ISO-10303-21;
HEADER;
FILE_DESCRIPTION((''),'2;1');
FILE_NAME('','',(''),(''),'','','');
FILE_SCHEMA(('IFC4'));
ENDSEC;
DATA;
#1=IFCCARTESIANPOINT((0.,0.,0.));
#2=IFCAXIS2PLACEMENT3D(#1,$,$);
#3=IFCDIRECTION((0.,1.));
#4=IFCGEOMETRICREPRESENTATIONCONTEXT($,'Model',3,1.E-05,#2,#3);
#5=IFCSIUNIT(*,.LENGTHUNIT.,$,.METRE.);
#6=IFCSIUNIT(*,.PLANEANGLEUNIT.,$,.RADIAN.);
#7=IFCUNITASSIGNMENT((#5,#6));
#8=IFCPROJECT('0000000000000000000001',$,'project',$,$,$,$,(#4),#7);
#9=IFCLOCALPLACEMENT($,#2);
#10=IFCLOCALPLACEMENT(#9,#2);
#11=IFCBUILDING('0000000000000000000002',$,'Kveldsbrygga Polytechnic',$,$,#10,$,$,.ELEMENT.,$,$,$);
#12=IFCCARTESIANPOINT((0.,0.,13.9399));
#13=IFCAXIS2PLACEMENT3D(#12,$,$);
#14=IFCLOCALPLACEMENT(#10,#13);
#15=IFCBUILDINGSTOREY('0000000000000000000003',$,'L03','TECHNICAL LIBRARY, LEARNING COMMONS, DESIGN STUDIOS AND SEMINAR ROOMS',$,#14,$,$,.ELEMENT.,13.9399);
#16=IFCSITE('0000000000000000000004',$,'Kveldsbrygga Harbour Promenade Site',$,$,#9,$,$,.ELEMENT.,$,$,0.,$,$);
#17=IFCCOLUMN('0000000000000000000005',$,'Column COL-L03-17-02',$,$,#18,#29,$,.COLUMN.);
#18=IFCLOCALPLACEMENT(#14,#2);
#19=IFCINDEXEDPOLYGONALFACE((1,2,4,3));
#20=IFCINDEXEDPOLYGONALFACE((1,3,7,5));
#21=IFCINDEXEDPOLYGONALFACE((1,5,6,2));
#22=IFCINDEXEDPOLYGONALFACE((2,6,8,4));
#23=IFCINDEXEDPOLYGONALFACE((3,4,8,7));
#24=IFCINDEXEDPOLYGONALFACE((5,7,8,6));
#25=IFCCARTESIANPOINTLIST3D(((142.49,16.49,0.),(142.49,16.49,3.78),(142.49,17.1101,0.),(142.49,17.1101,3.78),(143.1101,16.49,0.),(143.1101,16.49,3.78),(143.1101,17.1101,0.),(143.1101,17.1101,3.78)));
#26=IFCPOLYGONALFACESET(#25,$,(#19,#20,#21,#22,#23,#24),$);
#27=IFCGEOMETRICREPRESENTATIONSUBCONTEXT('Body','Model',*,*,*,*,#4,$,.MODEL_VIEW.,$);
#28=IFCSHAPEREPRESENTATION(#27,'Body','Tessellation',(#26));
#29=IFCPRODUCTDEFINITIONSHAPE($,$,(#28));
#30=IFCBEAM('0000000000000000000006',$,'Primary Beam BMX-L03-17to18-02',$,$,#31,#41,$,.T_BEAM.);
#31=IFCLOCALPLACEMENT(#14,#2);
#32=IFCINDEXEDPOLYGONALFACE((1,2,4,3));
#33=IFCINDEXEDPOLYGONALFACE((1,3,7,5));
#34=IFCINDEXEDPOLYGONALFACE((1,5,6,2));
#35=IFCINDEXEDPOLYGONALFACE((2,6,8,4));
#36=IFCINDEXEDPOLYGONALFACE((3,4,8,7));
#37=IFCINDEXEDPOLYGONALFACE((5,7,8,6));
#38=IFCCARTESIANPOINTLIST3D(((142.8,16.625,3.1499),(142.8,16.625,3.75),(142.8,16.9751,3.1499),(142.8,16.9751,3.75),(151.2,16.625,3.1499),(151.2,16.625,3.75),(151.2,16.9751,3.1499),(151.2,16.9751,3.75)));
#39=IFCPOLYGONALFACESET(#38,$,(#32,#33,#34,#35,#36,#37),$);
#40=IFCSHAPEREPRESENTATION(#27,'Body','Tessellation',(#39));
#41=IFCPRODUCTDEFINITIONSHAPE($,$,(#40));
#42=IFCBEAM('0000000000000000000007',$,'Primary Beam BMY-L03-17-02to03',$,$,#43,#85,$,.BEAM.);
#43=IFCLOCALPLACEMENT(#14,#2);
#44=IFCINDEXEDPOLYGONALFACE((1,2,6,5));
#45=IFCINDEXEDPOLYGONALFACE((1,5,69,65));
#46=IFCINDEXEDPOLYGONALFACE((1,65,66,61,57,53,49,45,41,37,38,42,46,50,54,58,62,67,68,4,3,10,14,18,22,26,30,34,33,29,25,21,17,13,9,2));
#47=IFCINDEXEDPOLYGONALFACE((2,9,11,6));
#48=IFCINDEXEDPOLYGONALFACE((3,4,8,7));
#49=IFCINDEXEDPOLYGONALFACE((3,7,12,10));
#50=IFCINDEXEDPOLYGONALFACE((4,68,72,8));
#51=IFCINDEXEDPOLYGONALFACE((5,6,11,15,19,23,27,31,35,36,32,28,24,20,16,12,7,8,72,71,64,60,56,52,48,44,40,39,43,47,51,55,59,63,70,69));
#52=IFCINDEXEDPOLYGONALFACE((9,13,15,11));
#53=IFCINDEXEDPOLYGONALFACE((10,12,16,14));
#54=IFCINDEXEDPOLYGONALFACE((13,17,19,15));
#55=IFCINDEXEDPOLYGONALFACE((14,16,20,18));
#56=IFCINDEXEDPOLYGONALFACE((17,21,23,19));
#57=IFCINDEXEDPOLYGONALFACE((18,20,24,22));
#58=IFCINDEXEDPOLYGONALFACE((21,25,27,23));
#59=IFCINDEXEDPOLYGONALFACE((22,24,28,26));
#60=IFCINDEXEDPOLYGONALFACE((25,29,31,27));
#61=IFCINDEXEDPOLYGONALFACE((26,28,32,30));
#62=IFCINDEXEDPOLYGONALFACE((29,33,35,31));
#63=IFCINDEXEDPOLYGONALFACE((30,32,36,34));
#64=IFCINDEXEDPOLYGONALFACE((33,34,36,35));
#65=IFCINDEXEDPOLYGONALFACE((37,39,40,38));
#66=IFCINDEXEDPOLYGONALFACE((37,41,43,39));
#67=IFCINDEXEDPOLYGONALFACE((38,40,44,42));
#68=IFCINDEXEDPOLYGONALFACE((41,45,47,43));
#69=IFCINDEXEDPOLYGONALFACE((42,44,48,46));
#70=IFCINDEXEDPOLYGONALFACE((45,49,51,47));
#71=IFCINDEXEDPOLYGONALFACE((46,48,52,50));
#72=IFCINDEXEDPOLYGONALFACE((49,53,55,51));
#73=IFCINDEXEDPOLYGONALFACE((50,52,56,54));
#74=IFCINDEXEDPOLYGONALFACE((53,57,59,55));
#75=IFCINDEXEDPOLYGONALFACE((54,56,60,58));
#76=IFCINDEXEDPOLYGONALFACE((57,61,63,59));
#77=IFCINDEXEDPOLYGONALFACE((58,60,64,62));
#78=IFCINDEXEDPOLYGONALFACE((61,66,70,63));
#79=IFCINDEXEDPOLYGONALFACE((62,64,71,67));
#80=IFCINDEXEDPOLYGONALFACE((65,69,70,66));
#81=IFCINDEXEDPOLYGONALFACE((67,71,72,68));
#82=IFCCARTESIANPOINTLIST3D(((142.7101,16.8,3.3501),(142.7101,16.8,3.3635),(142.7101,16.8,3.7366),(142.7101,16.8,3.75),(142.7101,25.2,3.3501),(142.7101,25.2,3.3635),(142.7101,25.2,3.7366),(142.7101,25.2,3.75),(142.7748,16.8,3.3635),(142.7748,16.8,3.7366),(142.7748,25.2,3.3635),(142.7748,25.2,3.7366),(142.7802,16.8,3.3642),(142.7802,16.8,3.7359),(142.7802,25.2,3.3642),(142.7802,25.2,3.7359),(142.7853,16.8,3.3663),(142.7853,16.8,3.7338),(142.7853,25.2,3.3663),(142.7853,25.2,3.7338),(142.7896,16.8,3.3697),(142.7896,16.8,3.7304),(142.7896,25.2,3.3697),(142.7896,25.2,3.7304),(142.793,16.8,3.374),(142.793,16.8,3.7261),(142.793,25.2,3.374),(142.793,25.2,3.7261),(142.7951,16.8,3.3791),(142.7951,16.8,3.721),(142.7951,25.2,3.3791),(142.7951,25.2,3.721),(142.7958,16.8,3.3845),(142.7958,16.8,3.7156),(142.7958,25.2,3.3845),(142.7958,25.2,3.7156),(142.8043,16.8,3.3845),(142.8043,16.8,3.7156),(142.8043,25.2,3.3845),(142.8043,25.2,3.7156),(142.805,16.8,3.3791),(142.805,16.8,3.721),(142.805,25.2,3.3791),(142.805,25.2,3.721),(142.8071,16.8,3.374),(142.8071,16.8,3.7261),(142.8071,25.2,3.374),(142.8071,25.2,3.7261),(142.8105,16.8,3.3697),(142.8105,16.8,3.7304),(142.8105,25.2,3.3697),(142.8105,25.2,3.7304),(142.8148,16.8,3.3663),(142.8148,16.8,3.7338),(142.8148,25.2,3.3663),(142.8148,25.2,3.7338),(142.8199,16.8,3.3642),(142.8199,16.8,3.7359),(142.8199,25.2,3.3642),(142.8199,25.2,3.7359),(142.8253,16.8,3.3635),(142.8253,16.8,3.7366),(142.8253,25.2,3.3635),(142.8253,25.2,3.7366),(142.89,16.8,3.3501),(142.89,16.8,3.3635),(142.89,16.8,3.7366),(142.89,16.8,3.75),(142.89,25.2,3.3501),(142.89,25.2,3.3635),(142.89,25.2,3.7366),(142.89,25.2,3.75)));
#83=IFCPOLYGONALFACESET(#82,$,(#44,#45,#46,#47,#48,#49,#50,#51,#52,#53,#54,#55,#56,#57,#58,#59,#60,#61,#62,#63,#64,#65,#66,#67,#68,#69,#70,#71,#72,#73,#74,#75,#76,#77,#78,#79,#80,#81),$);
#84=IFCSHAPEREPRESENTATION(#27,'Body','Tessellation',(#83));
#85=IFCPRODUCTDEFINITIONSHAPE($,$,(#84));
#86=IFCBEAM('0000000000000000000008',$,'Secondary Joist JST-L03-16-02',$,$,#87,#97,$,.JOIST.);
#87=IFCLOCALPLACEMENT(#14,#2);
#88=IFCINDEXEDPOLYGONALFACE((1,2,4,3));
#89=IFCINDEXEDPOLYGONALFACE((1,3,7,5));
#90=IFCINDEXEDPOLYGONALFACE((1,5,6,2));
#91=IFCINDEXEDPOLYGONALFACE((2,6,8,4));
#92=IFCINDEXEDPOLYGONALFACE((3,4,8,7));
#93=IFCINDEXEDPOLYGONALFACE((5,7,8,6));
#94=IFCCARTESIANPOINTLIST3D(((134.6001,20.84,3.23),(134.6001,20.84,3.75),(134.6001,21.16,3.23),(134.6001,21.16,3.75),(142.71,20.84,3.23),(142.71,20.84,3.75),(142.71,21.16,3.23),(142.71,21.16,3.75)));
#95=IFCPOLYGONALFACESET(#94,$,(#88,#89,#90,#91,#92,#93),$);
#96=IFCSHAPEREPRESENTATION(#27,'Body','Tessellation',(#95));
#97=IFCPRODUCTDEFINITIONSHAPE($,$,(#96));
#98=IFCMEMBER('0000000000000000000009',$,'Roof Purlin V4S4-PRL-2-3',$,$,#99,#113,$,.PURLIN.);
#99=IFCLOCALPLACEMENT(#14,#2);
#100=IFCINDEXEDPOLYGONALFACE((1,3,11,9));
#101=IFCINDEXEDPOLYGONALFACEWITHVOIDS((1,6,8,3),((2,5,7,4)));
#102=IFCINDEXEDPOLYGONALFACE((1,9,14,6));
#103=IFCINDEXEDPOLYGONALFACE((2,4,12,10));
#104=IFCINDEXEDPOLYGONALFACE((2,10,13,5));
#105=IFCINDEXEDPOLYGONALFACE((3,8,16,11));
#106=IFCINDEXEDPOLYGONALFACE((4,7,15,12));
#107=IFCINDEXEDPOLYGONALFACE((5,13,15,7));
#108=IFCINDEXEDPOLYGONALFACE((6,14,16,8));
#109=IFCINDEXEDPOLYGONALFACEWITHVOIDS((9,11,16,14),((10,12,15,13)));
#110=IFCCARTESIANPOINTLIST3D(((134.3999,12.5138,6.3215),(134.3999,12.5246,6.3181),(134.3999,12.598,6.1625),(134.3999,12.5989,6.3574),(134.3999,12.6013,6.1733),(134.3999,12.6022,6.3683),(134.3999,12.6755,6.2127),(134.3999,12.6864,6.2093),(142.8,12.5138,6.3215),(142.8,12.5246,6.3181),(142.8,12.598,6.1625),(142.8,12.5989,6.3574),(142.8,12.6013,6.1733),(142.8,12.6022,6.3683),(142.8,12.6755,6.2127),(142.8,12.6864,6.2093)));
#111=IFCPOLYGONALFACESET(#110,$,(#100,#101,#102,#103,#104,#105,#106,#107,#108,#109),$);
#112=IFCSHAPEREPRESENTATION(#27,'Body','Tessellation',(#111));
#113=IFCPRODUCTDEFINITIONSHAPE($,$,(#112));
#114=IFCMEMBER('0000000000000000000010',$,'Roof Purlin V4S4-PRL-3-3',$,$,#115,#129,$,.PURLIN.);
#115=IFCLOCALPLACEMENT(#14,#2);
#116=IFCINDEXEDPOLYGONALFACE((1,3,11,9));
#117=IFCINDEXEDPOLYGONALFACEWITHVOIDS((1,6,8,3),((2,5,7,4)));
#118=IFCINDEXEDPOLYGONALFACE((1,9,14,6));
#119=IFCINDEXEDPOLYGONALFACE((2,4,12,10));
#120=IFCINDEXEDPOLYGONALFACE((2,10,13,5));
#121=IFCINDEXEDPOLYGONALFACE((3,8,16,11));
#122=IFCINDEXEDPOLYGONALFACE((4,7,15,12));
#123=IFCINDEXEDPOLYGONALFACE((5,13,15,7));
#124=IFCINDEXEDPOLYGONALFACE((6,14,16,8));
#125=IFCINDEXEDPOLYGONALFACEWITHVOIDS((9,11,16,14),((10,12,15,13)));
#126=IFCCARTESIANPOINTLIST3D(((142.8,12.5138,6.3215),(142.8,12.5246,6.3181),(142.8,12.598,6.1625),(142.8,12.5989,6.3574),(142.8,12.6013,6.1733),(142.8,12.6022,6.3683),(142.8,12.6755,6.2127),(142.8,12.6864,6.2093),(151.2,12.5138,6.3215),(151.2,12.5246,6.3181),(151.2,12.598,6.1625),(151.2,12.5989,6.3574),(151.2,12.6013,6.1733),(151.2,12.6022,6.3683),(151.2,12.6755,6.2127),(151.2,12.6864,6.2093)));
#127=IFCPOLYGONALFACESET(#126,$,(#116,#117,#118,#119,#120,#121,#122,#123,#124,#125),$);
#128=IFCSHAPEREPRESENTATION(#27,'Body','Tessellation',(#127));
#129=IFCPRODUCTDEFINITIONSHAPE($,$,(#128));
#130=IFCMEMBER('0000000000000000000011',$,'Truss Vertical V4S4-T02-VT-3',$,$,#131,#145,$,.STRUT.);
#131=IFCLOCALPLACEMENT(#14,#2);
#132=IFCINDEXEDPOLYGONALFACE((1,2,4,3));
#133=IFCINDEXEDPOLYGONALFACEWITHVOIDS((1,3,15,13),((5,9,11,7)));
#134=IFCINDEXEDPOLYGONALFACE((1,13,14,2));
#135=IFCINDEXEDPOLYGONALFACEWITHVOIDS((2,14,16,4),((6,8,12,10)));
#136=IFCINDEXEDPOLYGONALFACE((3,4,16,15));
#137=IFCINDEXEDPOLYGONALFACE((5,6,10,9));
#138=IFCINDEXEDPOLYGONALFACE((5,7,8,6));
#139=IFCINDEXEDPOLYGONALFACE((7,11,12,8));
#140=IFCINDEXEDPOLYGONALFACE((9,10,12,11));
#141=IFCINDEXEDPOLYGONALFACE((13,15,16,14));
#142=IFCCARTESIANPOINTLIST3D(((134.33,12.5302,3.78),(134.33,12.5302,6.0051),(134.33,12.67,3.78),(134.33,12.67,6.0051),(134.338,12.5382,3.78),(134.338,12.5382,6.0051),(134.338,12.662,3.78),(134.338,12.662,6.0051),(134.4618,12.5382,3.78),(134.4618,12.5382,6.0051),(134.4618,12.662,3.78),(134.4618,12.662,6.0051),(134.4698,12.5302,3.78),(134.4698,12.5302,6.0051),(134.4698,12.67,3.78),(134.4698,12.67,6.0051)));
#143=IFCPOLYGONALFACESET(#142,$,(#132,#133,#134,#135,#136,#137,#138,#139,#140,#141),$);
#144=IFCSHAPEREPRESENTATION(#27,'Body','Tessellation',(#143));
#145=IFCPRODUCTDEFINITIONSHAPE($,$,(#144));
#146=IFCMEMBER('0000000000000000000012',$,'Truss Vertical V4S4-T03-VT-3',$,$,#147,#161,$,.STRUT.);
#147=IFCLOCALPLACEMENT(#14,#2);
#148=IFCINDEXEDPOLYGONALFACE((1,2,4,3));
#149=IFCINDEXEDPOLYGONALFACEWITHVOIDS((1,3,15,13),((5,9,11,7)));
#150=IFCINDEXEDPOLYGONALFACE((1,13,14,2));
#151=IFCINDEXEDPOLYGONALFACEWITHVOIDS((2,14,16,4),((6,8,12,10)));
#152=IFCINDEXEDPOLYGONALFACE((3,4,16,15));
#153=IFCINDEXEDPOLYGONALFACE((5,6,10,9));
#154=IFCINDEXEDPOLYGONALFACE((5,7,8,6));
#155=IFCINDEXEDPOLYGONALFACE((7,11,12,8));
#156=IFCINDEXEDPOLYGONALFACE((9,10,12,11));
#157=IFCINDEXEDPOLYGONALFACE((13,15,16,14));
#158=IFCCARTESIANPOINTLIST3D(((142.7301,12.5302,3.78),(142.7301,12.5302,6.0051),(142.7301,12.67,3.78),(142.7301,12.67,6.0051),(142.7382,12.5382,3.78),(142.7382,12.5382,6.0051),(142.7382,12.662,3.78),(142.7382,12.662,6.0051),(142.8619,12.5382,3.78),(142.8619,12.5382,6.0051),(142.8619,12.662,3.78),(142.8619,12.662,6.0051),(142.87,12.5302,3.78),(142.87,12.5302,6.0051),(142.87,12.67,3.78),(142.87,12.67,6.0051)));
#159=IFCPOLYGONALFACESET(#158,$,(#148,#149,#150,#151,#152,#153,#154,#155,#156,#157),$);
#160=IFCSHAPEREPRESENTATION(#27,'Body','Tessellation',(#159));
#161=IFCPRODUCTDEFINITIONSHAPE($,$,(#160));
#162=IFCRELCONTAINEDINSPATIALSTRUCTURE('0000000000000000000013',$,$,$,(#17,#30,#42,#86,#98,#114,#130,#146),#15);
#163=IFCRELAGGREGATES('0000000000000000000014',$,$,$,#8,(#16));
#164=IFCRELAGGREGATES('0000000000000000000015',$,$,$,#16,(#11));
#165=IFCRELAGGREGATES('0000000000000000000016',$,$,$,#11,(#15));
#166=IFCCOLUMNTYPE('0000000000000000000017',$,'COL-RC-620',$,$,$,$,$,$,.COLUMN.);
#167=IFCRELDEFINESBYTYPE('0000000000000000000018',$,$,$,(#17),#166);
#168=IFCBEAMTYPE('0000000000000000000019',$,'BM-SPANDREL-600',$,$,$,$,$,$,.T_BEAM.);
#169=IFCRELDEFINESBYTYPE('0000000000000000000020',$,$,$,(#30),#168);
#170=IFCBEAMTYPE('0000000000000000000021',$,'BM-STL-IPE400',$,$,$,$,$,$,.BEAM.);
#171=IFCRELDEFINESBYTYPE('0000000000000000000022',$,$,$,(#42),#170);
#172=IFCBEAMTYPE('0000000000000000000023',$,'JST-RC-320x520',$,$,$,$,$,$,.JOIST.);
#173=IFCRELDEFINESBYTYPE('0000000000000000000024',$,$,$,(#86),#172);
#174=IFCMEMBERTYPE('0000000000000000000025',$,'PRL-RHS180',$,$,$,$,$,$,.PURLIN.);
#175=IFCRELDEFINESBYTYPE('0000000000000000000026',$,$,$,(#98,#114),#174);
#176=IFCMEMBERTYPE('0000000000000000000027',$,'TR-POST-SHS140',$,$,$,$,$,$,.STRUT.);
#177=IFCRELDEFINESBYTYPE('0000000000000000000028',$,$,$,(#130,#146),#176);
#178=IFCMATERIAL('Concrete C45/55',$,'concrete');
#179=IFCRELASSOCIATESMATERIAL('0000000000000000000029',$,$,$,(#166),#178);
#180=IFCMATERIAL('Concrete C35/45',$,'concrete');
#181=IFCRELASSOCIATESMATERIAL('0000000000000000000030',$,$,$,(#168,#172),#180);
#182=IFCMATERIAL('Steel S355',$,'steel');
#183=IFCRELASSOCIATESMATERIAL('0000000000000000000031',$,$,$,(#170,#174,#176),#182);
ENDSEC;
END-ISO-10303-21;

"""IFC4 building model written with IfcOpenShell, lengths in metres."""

from ifc_helpers import new_model, si_unit, direction, frame, origin, origin_2d, place, context, subcontext, project, spatial, rectangle, hollow_rectangle, i_section, extrude, material, material_profile, profile_set, type_object, element, save


model = new_model("IFC4")

# Units and contexts
model_context = context("Model", 3, precision=1e-05, world=origin(), true_north=direction((0.0, 1.0)))
body_context = subcontext(model_context, "Body", "Model", "MODEL_VIEW")
ifc_project = project(units=[si_unit("LENGTHUNIT", "METRE"), si_unit("PLANEANGLEUNIT", "RADIAN")], contexts=[model_context])

# Site, building, storey
site_placement = place(None, origin())
site = spatial("IfcSite", under=ifc_project, at=site_placement, Name="Kveldsbrygga Harbour Promenade Site", CompositionType="ELEMENT", RefElevation=0.0)
building_placement = place(site_placement, origin())
building = spatial("IfcBuilding", under=site, at=building_placement, Name="Kveldsbrygga Polytechnic", CompositionType="ELEMENT")
storey_placement = place(building_placement, frame((0.0, 0.0, 13.9399)))
storey = spatial("IfcBuildingStorey", under=building, at=storey_placement, Name="L03", Description="TECHNICAL LIBRARY, LEARNING COMMONS, DESIGN STUDIOS AND SEMINAR ROOMS", CompositionType="ELEMENT", Elevation=13.9399)

# Column
ifc_material_1 = material(Name="Concrete C45/55", Category="concrete")
ifc_material_profile_1 = material_profile(ifc_material_1, rectangle(XDim=0.6201, YDim=0.6201, at=origin_2d()), Name="RC 620x620")
ifc_profile_set_1 = profile_set([ifc_material_profile_1], Name="Concrete C45/55")
column_type = type_object("IfcColumnType", Name="COL-RC-620", PredefinedType="COLUMN", material=ifc_profile_set_1)
column_placement = place(storey_placement, frame((142.8, 16.8, 0.0), z_axis=(0.0, 0.0, 1.0), x_axis=(1.0, 0.0, 0.0)))
element("IfcColumn", 1, at=column_placement, inside=storey, type_object=column_type, Name="Column COL-L03-17-02", PredefinedType="COLUMN", context=body_context, shape_type="SweptSolid", body=[
    extrude(rectangle(XDim=0.6201, YDim=0.6201, at=origin_2d()), origin(), (0.0, 0.0, 1.0), 3.78),
])

# Beams
ifc_material_2 = material(Name="Concrete C35/45", Category="concrete")
ifc_material_profile_2 = material_profile(ifc_material_2, rectangle(XDim=0.3501, YDim=0.6001, at=origin_2d()), Name="RC 350x600")
ifc_profile_set_2 = profile_set([ifc_material_profile_2], Name="Concrete C35/45")
beam_type_1 = type_object("IfcBeamType", Name="BM-SPANDREL-600", PredefinedType="T_BEAM", material=ifc_profile_set_2)
beam_1_placement = place(storey_placement, frame((142.8, 16.8, 3.45), z_axis=(1.0, 0.0, 0.0), x_axis=(0.0, 1.0, 0.0)))
element("IfcBeam", 2, at=beam_1_placement, inside=storey, type_object=beam_type_1, Name="Primary Beam BMX-L03-17to18-02", PredefinedType="T_BEAM", context=body_context, shape_type="SweptSolid", body=[
    extrude(rectangle(XDim=0.3501, YDim=0.6001, at=origin_2d()), origin(), (0.0, 0.0, 1.0), 8.3999),
])
ifc_material_3 = material(Name="Steel S355", Category="steel")
ifc_material_profile_3 = material_profile(ifc_material_3, i_section(OverallWidth=0.1799, OverallDepth=0.3999, WebThickness=0.0085, FlangeThickness=0.0134, FilletRadius=0.021, at=origin_2d()), Name="IPE 400")
ifc_profile_set_3 = profile_set([ifc_material_profile_3], Name="Steel S355")
beam_type_2 = type_object("IfcBeamType", Name="BM-STL-IPE400", PredefinedType="BEAM", material=ifc_profile_set_3)
beam_2_placement = place(storey_placement, frame((142.8, 16.8, 3.55), z_axis=(0.0, 1.0, 0.0), x_axis=(-1.0, 0.0, 0.0)))
element("IfcBeam", 3, at=beam_2_placement, inside=storey, type_object=beam_type_2, Name="Primary Beam BMY-L03-17-02to03", PredefinedType="BEAM", context=body_context, shape_type="SweptSolid", body=[
    extrude(i_section(OverallWidth=0.1799, OverallDepth=0.3999, WebThickness=0.0085, FlangeThickness=0.0134, FilletRadius=0.021, at=origin_2d()), origin(), (0.0, 0.0, 1.0), 8.3999),
])
ifc_material_profile_4 = material_profile(ifc_material_2, rectangle(XDim=0.3201, YDim=0.52, at=origin_2d()), Name="RC 320x520")
ifc_profile_set_4 = profile_set([ifc_material_profile_4], Name="Concrete C35/45")
beam_type_3 = type_object("IfcBeamType", Name="JST-RC-320x520", PredefinedType="JOIST", material=ifc_profile_set_4)
beam_3_placement = place(storey_placement, frame((134.6001, 21.0, 3.49), z_axis=(1.0, 0.0, 0.0), x_axis=(0.0, 1.0, 0.0)))
element("IfcBeam", 4, at=beam_3_placement, inside=storey, type_object=beam_type_3, Name="Secondary Joist JST-L03-16-02", PredefinedType="JOIST", context=body_context, shape_type="SweptSolid", body=[
    extrude(rectangle(XDim=0.3201, YDim=0.52, at=origin_2d()), origin(), (0.0, 0.0, 1.0), 8.1099),
])

# Members
ifc_material_profile_5 = material_profile(ifc_material_3, hollow_rectangle(XDim=0.1001, YDim=0.1799, WallThickness=0.0081, at=origin_2d()), Name="RHS 180x100x8.0")
ifc_profile_set_5 = profile_set([ifc_material_profile_5], Name="Steel S355")
member_type_1 = type_object("IfcMemberType", Name="PRL-RHS180", PredefinedType="PURLIN", material=ifc_profile_set_5)
member_1_placement = place(storey_placement, frame((134.3999, 12.6001, 6.2654), z_axis=(1.0, 0.0, 0.0), x_axis=(0.0, 0.88366, 0.468129)))
element("IfcMember", 5, at=member_1_placement, inside=storey, type_object=member_type_1, Name="Roof Purlin V4S4-PRL-2-3", PredefinedType="PURLIN", context=body_context, shape_type="SweptSolid", body=[
    extrude(hollow_rectangle(XDim=0.1001, YDim=0.1799, WallThickness=0.0081, at=origin_2d()), origin(), (0.0, 0.0, 1.0), 8.4001),
])
member_2_placement = place(storey_placement, frame((142.8, 12.6001, 6.2654), z_axis=(1.0, 0.0, 0.0), x_axis=(0.0, 0.88366, 0.468129)))
element("IfcMember", 6, at=member_2_placement, inside=storey, type_object=member_type_1, Name="Roof Purlin V4S4-PRL-3-3", PredefinedType="PURLIN", context=body_context, shape_type="SweptSolid", body=[
    extrude(hollow_rectangle(XDim=0.1001, YDim=0.1799, WallThickness=0.0081, at=origin_2d()), origin(), (0.0, 0.0, 1.0), 8.3999),
])
ifc_material_profile_6 = material_profile(ifc_material_3, hollow_rectangle(XDim=0.1399, YDim=0.1399, WallThickness=0.0081, at=origin_2d()), Name="SHS 140x140x8.0")
ifc_profile_set_6 = profile_set([ifc_material_profile_6], Name="Steel S355")
member_type_2 = type_object("IfcMemberType", Name="TR-POST-SHS140", PredefinedType="STRUT", material=ifc_profile_set_6)
for number, where, z_axis, x_axis, name in (
    (7, (134.3999, 12.6001, 3.78), (0.0, 0.0, 1.0), (1.0, 0.0, 0.0), "Truss Vertical V4S4-T02-VT-3"),
    (8, (142.8, 12.6001, 3.78), (0.0, 0.0, 1.0), (1.0, 0.0, 0.0), "Truss Vertical V4S4-T03-VT-3"),
):
    element("IfcMember", number, at=place(storey_placement, frame(where, z_axis=z_axis, x_axis=x_axis)), inside=storey, type_object=member_type_2, Name=name, PredefinedType="STRUT", context=body_context, shape_type="SweptSolid", body=[
        extrude(hollow_rectangle(XDim=0.1399, YDim=0.1399, WallThickness=0.0081, at=origin_2d()), origin(), (0.0, 0.0, 1.0), 2.2251),
    ])

save(model, "model.ifc")
